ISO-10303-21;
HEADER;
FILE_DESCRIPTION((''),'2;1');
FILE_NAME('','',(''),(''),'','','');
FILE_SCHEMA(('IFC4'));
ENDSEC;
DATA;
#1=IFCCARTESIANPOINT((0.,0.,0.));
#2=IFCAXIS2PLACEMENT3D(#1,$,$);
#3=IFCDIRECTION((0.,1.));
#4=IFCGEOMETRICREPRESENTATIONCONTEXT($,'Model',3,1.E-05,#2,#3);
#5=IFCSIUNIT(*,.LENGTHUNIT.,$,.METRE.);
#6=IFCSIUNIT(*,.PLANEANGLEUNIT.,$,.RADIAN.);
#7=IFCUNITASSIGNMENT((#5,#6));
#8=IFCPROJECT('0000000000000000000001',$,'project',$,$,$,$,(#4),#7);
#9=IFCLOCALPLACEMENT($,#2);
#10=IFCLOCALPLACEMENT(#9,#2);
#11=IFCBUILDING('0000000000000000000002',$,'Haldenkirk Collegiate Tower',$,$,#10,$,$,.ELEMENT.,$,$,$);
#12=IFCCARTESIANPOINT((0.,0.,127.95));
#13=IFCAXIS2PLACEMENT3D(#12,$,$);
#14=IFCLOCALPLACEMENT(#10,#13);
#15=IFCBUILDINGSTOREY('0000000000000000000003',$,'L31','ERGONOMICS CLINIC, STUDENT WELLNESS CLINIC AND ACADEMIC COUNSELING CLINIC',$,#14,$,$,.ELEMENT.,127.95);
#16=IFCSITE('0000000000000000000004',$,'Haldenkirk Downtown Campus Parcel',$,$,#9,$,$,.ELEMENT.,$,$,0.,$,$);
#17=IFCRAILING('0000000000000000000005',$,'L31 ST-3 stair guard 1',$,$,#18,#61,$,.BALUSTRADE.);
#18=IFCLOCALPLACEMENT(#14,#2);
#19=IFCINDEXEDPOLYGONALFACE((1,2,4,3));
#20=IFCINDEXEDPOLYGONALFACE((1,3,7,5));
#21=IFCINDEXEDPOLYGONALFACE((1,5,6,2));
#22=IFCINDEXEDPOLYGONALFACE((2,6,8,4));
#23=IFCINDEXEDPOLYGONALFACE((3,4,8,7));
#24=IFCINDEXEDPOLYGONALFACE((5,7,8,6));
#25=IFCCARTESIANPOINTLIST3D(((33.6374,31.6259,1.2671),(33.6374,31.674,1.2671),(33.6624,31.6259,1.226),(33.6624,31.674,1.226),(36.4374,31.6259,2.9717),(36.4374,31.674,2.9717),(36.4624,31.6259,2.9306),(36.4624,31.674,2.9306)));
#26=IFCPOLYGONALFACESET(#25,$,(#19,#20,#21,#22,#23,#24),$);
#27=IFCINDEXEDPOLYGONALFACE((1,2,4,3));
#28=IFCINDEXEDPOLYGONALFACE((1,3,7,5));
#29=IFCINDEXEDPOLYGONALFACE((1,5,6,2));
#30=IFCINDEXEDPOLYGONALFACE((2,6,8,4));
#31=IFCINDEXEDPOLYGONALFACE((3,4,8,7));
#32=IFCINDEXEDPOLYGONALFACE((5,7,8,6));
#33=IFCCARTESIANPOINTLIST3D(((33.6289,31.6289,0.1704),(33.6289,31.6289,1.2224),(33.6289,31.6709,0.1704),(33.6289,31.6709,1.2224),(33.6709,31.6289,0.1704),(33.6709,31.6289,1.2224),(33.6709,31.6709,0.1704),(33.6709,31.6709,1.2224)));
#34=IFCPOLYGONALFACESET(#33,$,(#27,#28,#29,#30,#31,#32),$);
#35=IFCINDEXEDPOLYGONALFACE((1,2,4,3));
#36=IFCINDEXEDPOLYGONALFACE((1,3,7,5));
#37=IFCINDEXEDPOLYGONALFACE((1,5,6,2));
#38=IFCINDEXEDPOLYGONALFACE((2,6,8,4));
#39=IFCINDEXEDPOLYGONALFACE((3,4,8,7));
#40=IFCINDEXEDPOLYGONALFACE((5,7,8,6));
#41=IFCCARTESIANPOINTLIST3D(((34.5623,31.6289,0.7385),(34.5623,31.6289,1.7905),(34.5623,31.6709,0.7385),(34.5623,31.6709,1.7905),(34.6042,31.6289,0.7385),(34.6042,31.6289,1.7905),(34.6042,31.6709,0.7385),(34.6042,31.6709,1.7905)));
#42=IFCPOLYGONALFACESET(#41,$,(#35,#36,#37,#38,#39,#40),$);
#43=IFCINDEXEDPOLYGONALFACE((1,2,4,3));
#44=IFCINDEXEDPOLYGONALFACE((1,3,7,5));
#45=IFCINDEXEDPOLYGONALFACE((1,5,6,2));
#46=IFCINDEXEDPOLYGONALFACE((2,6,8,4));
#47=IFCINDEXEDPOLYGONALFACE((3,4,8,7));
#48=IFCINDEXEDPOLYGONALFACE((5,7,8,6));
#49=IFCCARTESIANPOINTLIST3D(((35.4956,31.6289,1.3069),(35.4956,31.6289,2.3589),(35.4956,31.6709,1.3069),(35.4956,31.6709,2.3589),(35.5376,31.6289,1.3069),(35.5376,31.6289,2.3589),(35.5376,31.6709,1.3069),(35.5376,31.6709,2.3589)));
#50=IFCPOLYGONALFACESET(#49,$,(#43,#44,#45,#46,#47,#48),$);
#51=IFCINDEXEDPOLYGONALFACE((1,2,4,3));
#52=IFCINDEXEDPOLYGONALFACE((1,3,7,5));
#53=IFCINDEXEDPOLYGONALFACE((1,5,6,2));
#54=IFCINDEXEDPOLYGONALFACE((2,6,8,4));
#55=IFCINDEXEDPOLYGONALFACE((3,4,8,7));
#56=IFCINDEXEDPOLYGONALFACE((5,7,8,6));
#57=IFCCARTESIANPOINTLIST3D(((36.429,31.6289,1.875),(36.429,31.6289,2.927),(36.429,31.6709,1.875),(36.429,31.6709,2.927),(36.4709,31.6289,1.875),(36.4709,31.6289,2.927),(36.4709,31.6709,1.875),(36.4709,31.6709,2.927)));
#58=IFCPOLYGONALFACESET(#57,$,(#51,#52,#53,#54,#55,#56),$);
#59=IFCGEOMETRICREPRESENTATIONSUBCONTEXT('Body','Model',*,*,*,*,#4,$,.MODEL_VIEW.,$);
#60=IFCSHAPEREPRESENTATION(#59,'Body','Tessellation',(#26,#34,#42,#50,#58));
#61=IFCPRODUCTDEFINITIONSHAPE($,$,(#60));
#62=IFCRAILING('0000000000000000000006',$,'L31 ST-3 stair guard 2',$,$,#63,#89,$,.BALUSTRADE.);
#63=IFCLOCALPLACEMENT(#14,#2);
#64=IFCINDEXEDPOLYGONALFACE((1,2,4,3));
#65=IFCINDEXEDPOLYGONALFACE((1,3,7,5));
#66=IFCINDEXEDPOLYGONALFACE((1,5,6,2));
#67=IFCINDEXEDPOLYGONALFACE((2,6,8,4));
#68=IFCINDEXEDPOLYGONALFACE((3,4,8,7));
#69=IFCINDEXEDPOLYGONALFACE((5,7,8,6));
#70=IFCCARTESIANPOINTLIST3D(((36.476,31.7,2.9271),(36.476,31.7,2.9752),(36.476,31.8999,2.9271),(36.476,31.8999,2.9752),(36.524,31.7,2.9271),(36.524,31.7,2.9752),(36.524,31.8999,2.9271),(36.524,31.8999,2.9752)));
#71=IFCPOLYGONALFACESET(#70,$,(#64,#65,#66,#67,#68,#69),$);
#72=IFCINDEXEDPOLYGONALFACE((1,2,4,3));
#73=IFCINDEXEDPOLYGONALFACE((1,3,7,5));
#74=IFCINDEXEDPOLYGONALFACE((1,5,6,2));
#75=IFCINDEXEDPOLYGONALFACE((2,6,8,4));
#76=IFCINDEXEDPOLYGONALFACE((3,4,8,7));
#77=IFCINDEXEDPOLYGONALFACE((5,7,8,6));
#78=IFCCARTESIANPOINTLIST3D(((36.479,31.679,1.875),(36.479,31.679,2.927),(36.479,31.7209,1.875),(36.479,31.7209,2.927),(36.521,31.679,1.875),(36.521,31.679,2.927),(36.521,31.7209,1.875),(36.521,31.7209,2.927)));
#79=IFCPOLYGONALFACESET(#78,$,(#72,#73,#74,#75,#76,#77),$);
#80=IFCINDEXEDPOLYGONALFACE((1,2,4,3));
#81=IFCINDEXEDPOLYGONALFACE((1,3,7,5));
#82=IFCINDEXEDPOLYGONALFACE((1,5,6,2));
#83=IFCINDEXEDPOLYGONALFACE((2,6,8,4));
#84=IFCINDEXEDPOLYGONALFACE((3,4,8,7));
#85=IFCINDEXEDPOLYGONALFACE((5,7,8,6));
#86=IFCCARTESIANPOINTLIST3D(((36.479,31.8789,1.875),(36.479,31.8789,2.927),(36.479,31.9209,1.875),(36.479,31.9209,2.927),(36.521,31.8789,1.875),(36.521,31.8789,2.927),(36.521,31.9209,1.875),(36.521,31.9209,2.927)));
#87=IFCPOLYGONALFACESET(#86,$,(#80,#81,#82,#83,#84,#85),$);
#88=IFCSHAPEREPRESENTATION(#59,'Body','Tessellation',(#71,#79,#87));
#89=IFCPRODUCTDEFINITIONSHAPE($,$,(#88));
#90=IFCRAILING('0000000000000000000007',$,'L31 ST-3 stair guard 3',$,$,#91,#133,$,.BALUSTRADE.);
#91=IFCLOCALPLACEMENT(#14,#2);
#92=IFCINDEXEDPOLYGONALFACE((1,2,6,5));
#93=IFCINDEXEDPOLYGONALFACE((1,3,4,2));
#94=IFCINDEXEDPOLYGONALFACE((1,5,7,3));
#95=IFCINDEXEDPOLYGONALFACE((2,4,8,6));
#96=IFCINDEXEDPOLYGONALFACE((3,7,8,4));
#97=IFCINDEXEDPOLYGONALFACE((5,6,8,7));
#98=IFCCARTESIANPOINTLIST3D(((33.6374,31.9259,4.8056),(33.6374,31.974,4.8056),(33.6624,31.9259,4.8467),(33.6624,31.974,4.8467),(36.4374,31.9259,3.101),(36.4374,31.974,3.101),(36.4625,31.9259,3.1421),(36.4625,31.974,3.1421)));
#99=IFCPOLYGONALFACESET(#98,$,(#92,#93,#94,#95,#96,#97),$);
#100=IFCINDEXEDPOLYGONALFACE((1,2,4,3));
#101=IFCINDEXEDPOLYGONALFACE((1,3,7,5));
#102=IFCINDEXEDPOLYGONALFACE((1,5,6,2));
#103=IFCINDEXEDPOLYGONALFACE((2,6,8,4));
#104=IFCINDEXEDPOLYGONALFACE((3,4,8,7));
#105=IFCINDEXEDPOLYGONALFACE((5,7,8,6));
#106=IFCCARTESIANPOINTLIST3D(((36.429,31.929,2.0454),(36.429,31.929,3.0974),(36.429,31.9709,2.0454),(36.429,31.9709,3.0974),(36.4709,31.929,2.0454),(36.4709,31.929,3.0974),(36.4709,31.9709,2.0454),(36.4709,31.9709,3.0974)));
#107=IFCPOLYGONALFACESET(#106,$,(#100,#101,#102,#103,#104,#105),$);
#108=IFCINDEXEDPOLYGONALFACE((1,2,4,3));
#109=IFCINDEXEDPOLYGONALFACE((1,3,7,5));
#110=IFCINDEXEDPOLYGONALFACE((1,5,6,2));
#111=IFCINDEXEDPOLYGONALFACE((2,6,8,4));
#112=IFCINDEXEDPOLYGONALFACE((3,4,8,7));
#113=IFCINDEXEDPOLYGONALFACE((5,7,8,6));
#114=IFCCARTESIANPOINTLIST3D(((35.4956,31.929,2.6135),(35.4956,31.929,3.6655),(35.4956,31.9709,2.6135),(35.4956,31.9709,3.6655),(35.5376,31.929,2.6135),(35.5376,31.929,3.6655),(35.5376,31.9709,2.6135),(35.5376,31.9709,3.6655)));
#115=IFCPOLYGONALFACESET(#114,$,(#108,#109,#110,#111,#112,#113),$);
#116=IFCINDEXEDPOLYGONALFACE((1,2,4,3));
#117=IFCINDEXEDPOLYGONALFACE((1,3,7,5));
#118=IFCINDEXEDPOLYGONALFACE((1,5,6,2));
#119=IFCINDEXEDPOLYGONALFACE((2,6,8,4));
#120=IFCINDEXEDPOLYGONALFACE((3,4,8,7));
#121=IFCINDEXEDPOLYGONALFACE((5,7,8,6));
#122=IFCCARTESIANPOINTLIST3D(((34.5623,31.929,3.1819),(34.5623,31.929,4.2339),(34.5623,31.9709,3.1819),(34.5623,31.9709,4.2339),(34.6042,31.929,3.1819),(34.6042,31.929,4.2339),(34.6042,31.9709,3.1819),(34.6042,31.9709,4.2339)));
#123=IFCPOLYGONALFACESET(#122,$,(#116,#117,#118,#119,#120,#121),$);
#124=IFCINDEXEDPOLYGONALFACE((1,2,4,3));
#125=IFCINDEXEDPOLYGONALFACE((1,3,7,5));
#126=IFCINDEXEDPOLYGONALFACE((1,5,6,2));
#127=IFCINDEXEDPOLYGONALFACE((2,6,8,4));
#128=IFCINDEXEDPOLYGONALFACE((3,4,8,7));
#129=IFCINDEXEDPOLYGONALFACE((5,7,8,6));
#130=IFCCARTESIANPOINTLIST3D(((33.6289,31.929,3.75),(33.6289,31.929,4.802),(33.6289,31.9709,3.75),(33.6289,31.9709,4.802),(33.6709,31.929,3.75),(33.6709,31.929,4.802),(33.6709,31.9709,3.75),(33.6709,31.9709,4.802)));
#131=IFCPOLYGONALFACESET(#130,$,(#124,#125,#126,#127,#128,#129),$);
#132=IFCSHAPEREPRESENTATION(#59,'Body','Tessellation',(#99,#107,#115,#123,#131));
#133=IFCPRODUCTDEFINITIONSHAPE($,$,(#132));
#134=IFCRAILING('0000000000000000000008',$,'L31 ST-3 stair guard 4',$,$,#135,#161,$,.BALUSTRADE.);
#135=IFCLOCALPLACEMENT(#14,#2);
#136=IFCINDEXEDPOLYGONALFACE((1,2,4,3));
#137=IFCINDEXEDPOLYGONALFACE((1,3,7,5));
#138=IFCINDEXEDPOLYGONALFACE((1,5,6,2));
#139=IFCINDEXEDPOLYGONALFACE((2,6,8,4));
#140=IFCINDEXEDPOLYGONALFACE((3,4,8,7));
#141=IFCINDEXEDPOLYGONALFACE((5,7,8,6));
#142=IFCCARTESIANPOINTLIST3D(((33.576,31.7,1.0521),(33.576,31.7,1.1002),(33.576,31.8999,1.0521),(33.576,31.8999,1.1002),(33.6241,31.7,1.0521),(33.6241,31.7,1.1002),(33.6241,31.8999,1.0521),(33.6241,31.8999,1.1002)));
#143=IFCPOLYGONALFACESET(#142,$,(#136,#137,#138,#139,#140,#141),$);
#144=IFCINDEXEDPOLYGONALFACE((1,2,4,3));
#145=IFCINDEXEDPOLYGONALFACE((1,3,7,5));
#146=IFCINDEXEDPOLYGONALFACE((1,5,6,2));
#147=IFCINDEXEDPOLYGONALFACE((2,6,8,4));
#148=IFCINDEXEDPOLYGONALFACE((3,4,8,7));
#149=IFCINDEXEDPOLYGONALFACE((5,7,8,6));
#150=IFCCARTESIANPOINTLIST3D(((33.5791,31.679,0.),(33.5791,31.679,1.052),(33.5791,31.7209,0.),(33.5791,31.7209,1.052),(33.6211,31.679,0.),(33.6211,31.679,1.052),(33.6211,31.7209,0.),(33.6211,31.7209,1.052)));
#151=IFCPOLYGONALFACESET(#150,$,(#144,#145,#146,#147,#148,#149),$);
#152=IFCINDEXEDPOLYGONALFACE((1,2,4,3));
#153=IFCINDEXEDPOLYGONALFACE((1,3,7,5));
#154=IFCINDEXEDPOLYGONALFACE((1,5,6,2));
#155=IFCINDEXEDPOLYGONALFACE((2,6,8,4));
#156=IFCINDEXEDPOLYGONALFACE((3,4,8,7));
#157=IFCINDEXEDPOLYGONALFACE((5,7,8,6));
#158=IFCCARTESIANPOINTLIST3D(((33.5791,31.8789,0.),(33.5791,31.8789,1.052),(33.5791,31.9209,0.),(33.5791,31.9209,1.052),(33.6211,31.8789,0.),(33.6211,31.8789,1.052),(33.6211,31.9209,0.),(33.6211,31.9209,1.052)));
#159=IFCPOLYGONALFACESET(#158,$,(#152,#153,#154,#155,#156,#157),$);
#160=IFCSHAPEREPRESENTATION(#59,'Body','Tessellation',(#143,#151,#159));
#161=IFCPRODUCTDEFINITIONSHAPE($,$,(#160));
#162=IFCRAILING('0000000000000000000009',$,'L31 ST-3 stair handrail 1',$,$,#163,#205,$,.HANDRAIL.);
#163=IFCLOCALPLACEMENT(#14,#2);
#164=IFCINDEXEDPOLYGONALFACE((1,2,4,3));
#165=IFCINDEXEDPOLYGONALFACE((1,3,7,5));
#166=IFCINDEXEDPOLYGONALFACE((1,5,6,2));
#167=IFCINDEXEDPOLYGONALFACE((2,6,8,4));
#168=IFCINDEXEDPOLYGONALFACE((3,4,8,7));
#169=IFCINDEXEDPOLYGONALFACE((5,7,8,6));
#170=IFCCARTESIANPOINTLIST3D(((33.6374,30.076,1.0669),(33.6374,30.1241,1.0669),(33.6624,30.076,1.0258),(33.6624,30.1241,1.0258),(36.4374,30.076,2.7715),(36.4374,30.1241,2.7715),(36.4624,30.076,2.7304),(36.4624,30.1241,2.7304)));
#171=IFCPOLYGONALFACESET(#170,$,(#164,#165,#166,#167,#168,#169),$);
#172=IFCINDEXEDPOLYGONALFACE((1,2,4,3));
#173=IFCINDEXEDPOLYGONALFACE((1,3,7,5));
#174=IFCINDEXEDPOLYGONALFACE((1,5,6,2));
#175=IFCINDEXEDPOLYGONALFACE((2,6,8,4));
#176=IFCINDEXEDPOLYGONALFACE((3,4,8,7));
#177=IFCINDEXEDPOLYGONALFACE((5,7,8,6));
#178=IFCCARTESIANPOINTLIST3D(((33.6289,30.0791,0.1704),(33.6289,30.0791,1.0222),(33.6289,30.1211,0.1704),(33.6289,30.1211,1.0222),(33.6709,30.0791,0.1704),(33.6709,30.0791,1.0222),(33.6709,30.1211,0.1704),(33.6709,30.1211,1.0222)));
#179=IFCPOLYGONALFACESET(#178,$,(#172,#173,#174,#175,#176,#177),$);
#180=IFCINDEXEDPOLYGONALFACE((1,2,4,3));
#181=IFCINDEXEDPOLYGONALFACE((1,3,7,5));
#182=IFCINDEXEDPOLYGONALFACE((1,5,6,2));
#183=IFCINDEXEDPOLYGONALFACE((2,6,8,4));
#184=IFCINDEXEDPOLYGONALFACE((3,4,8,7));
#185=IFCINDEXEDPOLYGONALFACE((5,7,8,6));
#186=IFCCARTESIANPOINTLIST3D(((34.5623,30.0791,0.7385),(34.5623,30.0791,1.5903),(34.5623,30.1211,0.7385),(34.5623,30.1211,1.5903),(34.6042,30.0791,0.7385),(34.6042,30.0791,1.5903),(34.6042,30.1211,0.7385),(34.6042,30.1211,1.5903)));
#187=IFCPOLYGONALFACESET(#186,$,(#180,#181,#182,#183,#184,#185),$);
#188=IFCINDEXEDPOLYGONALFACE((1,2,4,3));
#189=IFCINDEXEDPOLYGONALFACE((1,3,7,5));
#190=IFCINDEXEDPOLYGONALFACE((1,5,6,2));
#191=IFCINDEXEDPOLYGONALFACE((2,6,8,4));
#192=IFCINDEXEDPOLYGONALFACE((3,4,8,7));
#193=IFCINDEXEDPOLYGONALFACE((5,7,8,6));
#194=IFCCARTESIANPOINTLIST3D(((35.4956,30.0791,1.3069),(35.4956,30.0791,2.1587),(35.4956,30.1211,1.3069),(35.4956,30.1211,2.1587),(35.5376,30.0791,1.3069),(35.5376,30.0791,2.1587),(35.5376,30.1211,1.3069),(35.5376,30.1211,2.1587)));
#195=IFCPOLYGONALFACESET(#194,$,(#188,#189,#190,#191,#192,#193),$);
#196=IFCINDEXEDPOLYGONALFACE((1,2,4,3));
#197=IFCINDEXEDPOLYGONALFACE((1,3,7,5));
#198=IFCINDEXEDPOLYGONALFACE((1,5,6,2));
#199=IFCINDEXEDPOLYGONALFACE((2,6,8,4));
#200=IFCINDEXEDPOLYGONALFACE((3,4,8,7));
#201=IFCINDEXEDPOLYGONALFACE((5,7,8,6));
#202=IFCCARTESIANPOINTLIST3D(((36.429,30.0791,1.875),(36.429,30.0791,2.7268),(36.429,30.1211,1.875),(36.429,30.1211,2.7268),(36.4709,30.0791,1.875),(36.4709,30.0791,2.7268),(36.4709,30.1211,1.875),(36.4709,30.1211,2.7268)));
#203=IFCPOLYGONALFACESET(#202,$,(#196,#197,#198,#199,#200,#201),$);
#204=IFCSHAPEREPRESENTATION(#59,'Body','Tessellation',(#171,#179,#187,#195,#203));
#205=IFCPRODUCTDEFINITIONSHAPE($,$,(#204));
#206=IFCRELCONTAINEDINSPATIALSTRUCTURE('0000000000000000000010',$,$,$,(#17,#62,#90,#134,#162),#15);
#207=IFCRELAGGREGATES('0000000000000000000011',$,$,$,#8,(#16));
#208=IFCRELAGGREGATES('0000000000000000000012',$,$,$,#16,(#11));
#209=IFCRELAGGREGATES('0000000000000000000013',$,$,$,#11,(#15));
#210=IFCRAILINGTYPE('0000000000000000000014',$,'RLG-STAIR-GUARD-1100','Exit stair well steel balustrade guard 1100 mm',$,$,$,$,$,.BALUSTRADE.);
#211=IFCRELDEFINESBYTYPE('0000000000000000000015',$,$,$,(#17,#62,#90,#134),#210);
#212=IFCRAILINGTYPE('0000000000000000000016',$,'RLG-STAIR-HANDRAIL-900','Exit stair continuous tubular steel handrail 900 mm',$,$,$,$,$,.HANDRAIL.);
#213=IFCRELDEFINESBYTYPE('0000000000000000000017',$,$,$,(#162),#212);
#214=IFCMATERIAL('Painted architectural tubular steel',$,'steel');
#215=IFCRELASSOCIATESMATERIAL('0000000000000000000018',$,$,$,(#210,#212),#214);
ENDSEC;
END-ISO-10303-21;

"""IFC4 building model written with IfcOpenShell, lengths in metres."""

from ifc_helpers import new_model, si_unit, direction, frame, origin, origin_2d, place, context, subcontext, project, spatial, rectangle, extrude, material, type_object, element, save


model = new_model("IFC4")

# Units and contexts
model_context = context("Model", 3, precision=1e-05, world=origin(), true_north=direction((0.0, 1.0)))
body_context = subcontext(model_context, "Body", "Model", "MODEL_VIEW")
ifc_project = project(units=[si_unit("LENGTHUNIT", "METRE"), si_unit("PLANEANGLEUNIT", "RADIAN")], contexts=[model_context])

# Site, building, storey
site_placement = place(None, origin())
site = spatial("IfcSite", under=ifc_project, at=site_placement, Name="Haldenkirk Downtown Campus Parcel", CompositionType="ELEMENT", RefElevation=0.0)
building_placement = place(site_placement, origin())
building = spatial("IfcBuilding", under=site, at=building_placement, Name="Haldenkirk Collegiate Tower", CompositionType="ELEMENT")
storey_placement = place(building_placement, frame((0.0, 0.0, 127.95)))
storey = spatial("IfcBuildingStorey", under=building, at=storey_placement, Name="L31", Description="ERGONOMICS CLINIC, STUDENT WELLNESS CLINIC AND ACADEMIC COUNSELING CLINIC", CompositionType="ELEMENT", Elevation=127.95)

# Railings
ifc_material_1 = material(Name="Painted architectural tubular steel", Category="steel")
railing_type_1 = type_object("IfcRailingType", Name="RLG-STAIR-GUARD-1100", Description="Exit stair well steel balustrade guard 1100 mm", PredefinedType="BALUSTRADE", material=ifc_material_1)
railing_1_placement = place(storey_placement, frame((33.6499, 31.6499, 0.1704)))
element("IfcRailing", 1, at=railing_1_placement, inside=storey, type_object=railing_type_1, Name="L31 ST-3 stair guard 1", PredefinedType="BALUSTRADE", context=body_context, shape_type="SweptSolid", body=[
    extrude(rectangle(XDim=0.0481, YDim=0.0481, at=origin_2d()), frame((0.0, 0.0, 1.0762), z_axis=(0.85417, 0.0, 0.519994), x_axis=(0.0, 1.0, 0.0)), (0.0, 0.0, 1.0), 3.2781),
    extrude(rectangle(XDim=0.042, YDim=0.042, at=origin_2d()), origin(), (0.0, 0.0, 1.0), 1.052),
    extrude(rectangle(XDim=0.042, YDim=0.042, at=origin_2d()), frame((0.9333, 0.0, 0.5681)), (0.0, 0.0, 1.0), 1.052),
    extrude(rectangle(XDim=0.042, YDim=0.042, at=origin_2d()), frame((1.8667, 0.0, 1.1365)), (0.0, 0.0, 1.0), 1.052),
    extrude(rectangle(XDim=0.042, YDim=0.042, at=origin_2d()), frame((2.8, 0.0, 1.7046)), (0.0, 0.0, 1.0), 1.052),
])
railing_2_placement = place(storey_placement, frame((36.5, 31.7, 1.875)))
element("IfcRailing", 2, at=railing_2_placement, inside=storey, type_object=railing_type_1, Name="L31 ST-3 stair guard 2", PredefinedType="BALUSTRADE", context=body_context, shape_type="SweptSolid", body=[
    extrude(rectangle(XDim=0.0481, YDim=0.0481, at=origin_2d()), frame((0.0, 0.0, 1.0762), z_axis=(0.0, 1.0, 0.0), x_axis=(-1.0, 0.0, 0.0)), (0.0, 0.0, 1.0), 0.2),
    extrude(rectangle(XDim=0.042, YDim=0.042, at=origin_2d()), origin(), (0.0, 0.0, 1.0), 1.052),
    extrude(rectangle(XDim=0.042, YDim=0.042, at=origin_2d()), frame((0.0, 0.2, 0.0)), (0.0, 0.0, 1.0), 1.052),
])
railing_3_placement = place(storey_placement, frame((36.45, 31.95, 2.0454)))
element("IfcRailing", 3, at=railing_3_placement, inside=storey, type_object=railing_type_1, Name="L31 ST-3 stair guard 3", PredefinedType="BALUSTRADE", context=body_context, shape_type="SweptSolid", body=[
    extrude(rectangle(XDim=0.0481, YDim=0.0481, at=origin_2d()), frame((0.0, 0.0, 1.0762), z_axis=(-0.85417, 0.0, 0.519994), x_axis=(0.0, -1.0, 0.0)), (0.0, 0.0, 1.0), 3.2781),
    extrude(rectangle(XDim=0.042, YDim=0.042, at=origin_2d()), origin(), (0.0, 0.0, 1.0), 1.052),
    extrude(rectangle(XDim=0.042, YDim=0.042, at=origin_2d()), frame((-0.9333, 0.0, 0.5681)), (0.0, 0.0, 1.0), 1.052),
    extrude(rectangle(XDim=0.042, YDim=0.042, at=origin_2d()), frame((-1.8667, 0.0, 1.1365)), (0.0, 0.0, 1.0), 1.052),
    extrude(rectangle(XDim=0.042, YDim=0.042, at=origin_2d()), frame((-2.8, 0.0, 1.7046)), (0.0, 0.0, 1.0), 1.052),
])
railing_4_placement = place(storey_placement, frame((33.6001, 31.7, 0.0)))
element("IfcRailing", 4, at=railing_4_placement, inside=storey, type_object=railing_type_1, Name="L31 ST-3 stair guard 4", PredefinedType="BALUSTRADE", context=body_context, shape_type="SweptSolid", body=[
    extrude(rectangle(XDim=0.0481, YDim=0.0481, at=origin_2d()), frame((0.0, 0.0, 1.0762), z_axis=(0.0, 1.0, 0.0), x_axis=(-1.0, 0.0, 0.0)), (0.0, 0.0, 1.0), 0.2),
    extrude(rectangle(XDim=0.042, YDim=0.042, at=origin_2d()), origin(), (0.0, 0.0, 1.0), 1.052),
    extrude(rectangle(XDim=0.042, YDim=0.042, at=origin_2d()), frame((0.0, 0.2, 0.0)), (0.0, 0.0, 1.0), 1.052),
])
railing_type_2 = type_object("IfcRailingType", Name="RLG-STAIR-HANDRAIL-900", Description="Exit stair continuous tubular steel handrail 900 mm", PredefinedType="HANDRAIL", material=ifc_material_1)
railing_5_placement = place(storey_placement, frame((33.6499, 30.1001, 0.1704)))
element("IfcRailing", 5, at=railing_5_placement, inside=storey, type_object=railing_type_2, Name="L31 ST-3 stair handrail 1", PredefinedType="HANDRAIL", context=body_context, shape_type="SweptSolid", body=[
    extrude(rectangle(XDim=0.0481, YDim=0.0481, at=origin_2d()), frame((0.0, 0.0, 0.876), z_axis=(0.85417, 0.0, 0.519994), x_axis=(0.0, 1.0, 0.0)), (0.0, 0.0, 1.0), 3.2781),
    extrude(rectangle(XDim=0.042, YDim=0.042, at=origin_2d()), origin(), (0.0, 0.0, 1.0), 0.8518),
    extrude(rectangle(XDim=0.042, YDim=0.042, at=origin_2d()), frame((0.9333, 0.0, 0.5681)), (0.0, 0.0, 1.0), 0.8518),
    extrude(rectangle(XDim=0.042, YDim=0.042, at=origin_2d()), frame((1.8667, 0.0, 1.1365)), (0.0, 0.0, 1.0), 0.8518),
    extrude(rectangle(XDim=0.042, YDim=0.042, at=origin_2d()), frame((2.8, 0.0, 1.7046)), (0.0, 0.0, 1.0), 0.8518),
])

save(model, "model.ifc")
